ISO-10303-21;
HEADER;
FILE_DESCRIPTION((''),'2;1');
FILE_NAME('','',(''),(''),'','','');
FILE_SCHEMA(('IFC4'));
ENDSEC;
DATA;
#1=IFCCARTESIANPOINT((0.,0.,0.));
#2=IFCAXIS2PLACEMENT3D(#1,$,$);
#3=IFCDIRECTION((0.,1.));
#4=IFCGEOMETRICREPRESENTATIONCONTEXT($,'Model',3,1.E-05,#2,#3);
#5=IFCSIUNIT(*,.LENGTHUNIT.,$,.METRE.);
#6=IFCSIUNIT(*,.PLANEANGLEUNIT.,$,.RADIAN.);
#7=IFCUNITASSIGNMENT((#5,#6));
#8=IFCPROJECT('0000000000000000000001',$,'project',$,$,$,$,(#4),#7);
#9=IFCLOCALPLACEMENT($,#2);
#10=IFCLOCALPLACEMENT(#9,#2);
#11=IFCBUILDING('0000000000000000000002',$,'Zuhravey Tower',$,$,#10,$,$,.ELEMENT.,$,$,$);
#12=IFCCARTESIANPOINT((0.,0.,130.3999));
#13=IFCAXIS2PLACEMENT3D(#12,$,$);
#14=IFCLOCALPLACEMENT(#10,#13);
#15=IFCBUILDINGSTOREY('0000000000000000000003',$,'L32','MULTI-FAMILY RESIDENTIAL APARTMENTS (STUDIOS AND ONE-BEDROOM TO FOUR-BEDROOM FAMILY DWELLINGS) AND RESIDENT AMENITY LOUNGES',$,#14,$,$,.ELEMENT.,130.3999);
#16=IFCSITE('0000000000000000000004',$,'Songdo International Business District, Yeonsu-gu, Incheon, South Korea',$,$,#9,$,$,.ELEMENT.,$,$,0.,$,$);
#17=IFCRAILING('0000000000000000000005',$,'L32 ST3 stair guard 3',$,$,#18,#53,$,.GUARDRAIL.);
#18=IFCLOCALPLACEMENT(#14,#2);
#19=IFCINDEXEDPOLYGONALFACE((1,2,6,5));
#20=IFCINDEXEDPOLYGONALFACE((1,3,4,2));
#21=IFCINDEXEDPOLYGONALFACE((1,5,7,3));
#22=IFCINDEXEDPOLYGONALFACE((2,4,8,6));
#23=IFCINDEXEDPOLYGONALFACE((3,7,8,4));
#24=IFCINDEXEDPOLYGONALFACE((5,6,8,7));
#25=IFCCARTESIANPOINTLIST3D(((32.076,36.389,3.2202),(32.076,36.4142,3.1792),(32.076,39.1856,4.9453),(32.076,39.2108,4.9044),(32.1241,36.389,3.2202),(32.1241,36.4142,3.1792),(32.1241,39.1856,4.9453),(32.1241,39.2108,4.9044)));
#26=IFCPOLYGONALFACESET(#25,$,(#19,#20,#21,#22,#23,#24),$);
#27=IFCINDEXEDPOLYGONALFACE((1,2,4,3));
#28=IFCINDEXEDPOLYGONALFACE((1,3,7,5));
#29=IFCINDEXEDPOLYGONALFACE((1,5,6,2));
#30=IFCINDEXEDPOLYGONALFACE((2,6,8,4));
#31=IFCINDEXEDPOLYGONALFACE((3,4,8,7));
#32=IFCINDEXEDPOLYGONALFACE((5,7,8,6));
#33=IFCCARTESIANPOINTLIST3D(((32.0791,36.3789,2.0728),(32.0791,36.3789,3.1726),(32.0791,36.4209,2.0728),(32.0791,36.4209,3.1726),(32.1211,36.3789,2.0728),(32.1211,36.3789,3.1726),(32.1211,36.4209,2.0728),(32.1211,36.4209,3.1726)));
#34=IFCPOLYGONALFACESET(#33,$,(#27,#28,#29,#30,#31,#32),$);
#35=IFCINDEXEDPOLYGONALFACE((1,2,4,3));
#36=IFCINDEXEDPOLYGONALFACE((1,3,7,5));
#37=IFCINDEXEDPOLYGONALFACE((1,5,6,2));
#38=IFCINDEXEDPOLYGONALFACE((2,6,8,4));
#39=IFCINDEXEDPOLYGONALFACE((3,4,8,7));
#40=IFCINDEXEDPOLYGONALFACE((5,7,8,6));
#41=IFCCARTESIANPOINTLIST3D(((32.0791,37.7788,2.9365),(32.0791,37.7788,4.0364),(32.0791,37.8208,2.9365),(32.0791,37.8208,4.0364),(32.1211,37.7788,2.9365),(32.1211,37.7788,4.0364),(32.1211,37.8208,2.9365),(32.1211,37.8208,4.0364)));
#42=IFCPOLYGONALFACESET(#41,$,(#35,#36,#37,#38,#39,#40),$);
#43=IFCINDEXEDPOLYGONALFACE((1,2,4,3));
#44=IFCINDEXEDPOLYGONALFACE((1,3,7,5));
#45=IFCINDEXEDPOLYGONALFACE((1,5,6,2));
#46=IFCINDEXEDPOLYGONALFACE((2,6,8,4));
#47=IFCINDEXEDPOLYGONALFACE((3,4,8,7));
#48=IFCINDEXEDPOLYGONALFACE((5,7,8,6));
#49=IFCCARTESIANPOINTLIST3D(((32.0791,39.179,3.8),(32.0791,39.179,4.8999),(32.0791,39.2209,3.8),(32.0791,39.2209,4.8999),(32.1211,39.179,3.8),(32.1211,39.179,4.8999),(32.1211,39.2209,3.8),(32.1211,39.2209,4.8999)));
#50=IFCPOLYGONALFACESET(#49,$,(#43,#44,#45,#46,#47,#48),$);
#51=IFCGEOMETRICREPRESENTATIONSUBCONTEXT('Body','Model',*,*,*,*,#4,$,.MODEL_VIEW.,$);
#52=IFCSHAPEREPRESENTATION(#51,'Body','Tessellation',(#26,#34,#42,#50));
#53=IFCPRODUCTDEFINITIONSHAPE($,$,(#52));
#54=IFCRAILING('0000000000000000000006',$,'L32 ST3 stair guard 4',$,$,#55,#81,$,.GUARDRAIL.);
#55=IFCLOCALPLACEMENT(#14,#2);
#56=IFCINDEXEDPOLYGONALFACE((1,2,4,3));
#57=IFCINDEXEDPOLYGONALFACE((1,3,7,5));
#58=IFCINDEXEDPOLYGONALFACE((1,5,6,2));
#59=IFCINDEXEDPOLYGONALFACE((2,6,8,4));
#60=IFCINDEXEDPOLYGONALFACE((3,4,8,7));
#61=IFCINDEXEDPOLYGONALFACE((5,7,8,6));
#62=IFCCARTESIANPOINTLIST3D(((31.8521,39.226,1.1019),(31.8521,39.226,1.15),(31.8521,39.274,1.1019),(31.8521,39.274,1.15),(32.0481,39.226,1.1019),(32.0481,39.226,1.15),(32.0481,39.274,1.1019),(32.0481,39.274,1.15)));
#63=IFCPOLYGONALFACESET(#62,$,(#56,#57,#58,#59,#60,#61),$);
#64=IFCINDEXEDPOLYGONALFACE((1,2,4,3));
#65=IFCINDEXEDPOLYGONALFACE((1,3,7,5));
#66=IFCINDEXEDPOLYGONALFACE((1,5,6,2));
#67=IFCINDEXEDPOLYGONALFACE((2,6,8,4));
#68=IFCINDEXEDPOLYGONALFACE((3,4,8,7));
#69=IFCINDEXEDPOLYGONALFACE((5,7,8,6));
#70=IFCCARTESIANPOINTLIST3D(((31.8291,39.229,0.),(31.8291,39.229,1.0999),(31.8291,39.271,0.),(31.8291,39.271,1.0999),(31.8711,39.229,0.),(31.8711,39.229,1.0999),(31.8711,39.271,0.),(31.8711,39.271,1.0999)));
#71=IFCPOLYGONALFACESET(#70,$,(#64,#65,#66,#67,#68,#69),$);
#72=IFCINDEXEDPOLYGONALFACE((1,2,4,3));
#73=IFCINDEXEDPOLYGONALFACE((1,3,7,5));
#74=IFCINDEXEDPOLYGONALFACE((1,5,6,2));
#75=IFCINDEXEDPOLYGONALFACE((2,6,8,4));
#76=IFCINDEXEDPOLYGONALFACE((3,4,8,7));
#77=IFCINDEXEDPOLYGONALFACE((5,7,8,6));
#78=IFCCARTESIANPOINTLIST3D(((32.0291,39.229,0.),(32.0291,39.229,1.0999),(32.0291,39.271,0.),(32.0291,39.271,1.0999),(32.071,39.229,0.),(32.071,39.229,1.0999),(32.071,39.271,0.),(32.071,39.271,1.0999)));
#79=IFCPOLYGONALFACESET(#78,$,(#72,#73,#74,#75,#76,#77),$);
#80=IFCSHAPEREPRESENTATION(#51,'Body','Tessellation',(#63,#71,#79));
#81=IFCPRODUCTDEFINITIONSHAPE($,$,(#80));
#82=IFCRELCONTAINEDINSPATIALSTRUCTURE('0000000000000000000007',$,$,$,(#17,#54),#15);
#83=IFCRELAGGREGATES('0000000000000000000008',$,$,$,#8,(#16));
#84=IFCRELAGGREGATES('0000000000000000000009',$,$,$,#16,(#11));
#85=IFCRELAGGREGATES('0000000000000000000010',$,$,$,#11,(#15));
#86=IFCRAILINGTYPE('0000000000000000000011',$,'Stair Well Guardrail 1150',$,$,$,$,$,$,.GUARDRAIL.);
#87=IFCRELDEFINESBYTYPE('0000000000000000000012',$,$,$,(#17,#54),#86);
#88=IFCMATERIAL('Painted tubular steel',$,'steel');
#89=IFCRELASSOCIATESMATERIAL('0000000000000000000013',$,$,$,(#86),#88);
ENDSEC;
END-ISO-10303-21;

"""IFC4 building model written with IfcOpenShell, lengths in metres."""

from ifc_helpers import new_model, si_unit, direction, frame, origin, origin_2d, place, context, subcontext, project, spatial, rectangle, extrude, material, type_object, element, save


model = new_model("IFC4")

# Units and contexts
model_context = context("Model", 3, precision=1e-05, world=origin(), true_north=direction((0.0, 1.0)))
body_context = subcontext(model_context, "Body", "Model", "MODEL_VIEW")
ifc_project = project(units=[si_unit("LENGTHUNIT", "METRE"), si_unit("PLANEANGLEUNIT", "RADIAN")], contexts=[model_context])

# Site, building, storey
site_placement = place(None, origin())
site = spatial("IfcSite", under=ifc_project, at=site_placement, Name="Songdo International Business District, Yeonsu-gu, Incheon, South Korea", CompositionType="ELEMENT", RefElevation=0.0)
building_placement = place(site_placement, origin())
building = spatial("IfcBuilding", under=site, at=building_placement, Name="Zuhravey Tower", CompositionType="ELEMENT")
storey_placement = place(building_placement, frame((0.0, 0.0, 130.3999)))
storey = spatial("IfcBuildingStorey", under=building, at=storey_placement, Name="L32", Description="MULTI-FAMILY RESIDENTIAL APARTMENTS (STUDIOS AND ONE-BEDROOM TO FOUR-BEDROOM FAMILY DWELLINGS) AND RESIDENT AMENITY LOUNGES", CompositionType="ELEMENT", Elevation=130.3999)

# Railings
ifc_material_1 = material(Name="Painted tubular steel", Category="steel")
railing_type_1 = type_object("IfcRailingType", Name="Stair Well Guardrail 1150", PredefinedType="GUARDRAIL", material=ifc_material_1)
railing_1_placement = place(storey_placement, frame((32.1001, 36.3999, 2.0728)))
element("IfcRailing", 1, at=railing_1_placement, inside=storey, type_object=railing_type_1, Name="L32 ST3 stair guard 3", PredefinedType="GUARDRAIL", context=body_context, shape_type="SweptSolid", body=[
    extrude(rectangle(XDim=0.0481, YDim=0.0481, at=origin_2d()), frame((0.0, 0.0017, 1.127), z_axis=(0.0, 0.85109, 0.52502), x_axis=(-1.0, 0.0, 0.0)), (0.0, 0.0, 1.0), 3.2859),
    extrude(rectangle(XDim=0.042, YDim=0.042, at=origin_2d()), origin(), (0.0, 0.0, 1.0), 1.0999),
    extrude(rectangle(XDim=0.042, YDim=0.042, at=origin_2d()), frame((0.0, 1.3999, 0.8638)), (0.0, 0.0, 1.0), 1.0999),
    extrude(rectangle(XDim=0.042, YDim=0.042, at=origin_2d()), frame((0.0, 2.8, 1.7273)), (0.0, 0.0, 1.0), 1.0999),
])
railing_2_placement = place(storey_placement, frame((31.8501, 39.25, 0.0)))
element("IfcRailing", 2, at=railing_2_placement, inside=storey, type_object=railing_type_1, Name="L32 ST3 stair guard 4", PredefinedType="GUARDRAIL", context=body_context, shape_type="SweptSolid", body=[
    extrude(rectangle(XDim=0.0481, YDim=0.0481, at=origin_2d()), frame((0.002, 0.0, 1.126), z_axis=(1.0, 0.0, 0.0), x_axis=(0.0, 1.0, 0.0)), (0.0, 0.0, 1.0), 0.196),
    extrude(rectangle(XDim=0.042, YDim=0.042, at=origin_2d()), origin(), (0.0, 0.0, 1.0), 1.0999),
    extrude(rectangle(XDim=0.042, YDim=0.042, at=origin_2d()), frame((0.2, 0.0, 0.0)), (0.0, 0.0, 1.0), 1.0999),
])

save(model, "model.ifc")
